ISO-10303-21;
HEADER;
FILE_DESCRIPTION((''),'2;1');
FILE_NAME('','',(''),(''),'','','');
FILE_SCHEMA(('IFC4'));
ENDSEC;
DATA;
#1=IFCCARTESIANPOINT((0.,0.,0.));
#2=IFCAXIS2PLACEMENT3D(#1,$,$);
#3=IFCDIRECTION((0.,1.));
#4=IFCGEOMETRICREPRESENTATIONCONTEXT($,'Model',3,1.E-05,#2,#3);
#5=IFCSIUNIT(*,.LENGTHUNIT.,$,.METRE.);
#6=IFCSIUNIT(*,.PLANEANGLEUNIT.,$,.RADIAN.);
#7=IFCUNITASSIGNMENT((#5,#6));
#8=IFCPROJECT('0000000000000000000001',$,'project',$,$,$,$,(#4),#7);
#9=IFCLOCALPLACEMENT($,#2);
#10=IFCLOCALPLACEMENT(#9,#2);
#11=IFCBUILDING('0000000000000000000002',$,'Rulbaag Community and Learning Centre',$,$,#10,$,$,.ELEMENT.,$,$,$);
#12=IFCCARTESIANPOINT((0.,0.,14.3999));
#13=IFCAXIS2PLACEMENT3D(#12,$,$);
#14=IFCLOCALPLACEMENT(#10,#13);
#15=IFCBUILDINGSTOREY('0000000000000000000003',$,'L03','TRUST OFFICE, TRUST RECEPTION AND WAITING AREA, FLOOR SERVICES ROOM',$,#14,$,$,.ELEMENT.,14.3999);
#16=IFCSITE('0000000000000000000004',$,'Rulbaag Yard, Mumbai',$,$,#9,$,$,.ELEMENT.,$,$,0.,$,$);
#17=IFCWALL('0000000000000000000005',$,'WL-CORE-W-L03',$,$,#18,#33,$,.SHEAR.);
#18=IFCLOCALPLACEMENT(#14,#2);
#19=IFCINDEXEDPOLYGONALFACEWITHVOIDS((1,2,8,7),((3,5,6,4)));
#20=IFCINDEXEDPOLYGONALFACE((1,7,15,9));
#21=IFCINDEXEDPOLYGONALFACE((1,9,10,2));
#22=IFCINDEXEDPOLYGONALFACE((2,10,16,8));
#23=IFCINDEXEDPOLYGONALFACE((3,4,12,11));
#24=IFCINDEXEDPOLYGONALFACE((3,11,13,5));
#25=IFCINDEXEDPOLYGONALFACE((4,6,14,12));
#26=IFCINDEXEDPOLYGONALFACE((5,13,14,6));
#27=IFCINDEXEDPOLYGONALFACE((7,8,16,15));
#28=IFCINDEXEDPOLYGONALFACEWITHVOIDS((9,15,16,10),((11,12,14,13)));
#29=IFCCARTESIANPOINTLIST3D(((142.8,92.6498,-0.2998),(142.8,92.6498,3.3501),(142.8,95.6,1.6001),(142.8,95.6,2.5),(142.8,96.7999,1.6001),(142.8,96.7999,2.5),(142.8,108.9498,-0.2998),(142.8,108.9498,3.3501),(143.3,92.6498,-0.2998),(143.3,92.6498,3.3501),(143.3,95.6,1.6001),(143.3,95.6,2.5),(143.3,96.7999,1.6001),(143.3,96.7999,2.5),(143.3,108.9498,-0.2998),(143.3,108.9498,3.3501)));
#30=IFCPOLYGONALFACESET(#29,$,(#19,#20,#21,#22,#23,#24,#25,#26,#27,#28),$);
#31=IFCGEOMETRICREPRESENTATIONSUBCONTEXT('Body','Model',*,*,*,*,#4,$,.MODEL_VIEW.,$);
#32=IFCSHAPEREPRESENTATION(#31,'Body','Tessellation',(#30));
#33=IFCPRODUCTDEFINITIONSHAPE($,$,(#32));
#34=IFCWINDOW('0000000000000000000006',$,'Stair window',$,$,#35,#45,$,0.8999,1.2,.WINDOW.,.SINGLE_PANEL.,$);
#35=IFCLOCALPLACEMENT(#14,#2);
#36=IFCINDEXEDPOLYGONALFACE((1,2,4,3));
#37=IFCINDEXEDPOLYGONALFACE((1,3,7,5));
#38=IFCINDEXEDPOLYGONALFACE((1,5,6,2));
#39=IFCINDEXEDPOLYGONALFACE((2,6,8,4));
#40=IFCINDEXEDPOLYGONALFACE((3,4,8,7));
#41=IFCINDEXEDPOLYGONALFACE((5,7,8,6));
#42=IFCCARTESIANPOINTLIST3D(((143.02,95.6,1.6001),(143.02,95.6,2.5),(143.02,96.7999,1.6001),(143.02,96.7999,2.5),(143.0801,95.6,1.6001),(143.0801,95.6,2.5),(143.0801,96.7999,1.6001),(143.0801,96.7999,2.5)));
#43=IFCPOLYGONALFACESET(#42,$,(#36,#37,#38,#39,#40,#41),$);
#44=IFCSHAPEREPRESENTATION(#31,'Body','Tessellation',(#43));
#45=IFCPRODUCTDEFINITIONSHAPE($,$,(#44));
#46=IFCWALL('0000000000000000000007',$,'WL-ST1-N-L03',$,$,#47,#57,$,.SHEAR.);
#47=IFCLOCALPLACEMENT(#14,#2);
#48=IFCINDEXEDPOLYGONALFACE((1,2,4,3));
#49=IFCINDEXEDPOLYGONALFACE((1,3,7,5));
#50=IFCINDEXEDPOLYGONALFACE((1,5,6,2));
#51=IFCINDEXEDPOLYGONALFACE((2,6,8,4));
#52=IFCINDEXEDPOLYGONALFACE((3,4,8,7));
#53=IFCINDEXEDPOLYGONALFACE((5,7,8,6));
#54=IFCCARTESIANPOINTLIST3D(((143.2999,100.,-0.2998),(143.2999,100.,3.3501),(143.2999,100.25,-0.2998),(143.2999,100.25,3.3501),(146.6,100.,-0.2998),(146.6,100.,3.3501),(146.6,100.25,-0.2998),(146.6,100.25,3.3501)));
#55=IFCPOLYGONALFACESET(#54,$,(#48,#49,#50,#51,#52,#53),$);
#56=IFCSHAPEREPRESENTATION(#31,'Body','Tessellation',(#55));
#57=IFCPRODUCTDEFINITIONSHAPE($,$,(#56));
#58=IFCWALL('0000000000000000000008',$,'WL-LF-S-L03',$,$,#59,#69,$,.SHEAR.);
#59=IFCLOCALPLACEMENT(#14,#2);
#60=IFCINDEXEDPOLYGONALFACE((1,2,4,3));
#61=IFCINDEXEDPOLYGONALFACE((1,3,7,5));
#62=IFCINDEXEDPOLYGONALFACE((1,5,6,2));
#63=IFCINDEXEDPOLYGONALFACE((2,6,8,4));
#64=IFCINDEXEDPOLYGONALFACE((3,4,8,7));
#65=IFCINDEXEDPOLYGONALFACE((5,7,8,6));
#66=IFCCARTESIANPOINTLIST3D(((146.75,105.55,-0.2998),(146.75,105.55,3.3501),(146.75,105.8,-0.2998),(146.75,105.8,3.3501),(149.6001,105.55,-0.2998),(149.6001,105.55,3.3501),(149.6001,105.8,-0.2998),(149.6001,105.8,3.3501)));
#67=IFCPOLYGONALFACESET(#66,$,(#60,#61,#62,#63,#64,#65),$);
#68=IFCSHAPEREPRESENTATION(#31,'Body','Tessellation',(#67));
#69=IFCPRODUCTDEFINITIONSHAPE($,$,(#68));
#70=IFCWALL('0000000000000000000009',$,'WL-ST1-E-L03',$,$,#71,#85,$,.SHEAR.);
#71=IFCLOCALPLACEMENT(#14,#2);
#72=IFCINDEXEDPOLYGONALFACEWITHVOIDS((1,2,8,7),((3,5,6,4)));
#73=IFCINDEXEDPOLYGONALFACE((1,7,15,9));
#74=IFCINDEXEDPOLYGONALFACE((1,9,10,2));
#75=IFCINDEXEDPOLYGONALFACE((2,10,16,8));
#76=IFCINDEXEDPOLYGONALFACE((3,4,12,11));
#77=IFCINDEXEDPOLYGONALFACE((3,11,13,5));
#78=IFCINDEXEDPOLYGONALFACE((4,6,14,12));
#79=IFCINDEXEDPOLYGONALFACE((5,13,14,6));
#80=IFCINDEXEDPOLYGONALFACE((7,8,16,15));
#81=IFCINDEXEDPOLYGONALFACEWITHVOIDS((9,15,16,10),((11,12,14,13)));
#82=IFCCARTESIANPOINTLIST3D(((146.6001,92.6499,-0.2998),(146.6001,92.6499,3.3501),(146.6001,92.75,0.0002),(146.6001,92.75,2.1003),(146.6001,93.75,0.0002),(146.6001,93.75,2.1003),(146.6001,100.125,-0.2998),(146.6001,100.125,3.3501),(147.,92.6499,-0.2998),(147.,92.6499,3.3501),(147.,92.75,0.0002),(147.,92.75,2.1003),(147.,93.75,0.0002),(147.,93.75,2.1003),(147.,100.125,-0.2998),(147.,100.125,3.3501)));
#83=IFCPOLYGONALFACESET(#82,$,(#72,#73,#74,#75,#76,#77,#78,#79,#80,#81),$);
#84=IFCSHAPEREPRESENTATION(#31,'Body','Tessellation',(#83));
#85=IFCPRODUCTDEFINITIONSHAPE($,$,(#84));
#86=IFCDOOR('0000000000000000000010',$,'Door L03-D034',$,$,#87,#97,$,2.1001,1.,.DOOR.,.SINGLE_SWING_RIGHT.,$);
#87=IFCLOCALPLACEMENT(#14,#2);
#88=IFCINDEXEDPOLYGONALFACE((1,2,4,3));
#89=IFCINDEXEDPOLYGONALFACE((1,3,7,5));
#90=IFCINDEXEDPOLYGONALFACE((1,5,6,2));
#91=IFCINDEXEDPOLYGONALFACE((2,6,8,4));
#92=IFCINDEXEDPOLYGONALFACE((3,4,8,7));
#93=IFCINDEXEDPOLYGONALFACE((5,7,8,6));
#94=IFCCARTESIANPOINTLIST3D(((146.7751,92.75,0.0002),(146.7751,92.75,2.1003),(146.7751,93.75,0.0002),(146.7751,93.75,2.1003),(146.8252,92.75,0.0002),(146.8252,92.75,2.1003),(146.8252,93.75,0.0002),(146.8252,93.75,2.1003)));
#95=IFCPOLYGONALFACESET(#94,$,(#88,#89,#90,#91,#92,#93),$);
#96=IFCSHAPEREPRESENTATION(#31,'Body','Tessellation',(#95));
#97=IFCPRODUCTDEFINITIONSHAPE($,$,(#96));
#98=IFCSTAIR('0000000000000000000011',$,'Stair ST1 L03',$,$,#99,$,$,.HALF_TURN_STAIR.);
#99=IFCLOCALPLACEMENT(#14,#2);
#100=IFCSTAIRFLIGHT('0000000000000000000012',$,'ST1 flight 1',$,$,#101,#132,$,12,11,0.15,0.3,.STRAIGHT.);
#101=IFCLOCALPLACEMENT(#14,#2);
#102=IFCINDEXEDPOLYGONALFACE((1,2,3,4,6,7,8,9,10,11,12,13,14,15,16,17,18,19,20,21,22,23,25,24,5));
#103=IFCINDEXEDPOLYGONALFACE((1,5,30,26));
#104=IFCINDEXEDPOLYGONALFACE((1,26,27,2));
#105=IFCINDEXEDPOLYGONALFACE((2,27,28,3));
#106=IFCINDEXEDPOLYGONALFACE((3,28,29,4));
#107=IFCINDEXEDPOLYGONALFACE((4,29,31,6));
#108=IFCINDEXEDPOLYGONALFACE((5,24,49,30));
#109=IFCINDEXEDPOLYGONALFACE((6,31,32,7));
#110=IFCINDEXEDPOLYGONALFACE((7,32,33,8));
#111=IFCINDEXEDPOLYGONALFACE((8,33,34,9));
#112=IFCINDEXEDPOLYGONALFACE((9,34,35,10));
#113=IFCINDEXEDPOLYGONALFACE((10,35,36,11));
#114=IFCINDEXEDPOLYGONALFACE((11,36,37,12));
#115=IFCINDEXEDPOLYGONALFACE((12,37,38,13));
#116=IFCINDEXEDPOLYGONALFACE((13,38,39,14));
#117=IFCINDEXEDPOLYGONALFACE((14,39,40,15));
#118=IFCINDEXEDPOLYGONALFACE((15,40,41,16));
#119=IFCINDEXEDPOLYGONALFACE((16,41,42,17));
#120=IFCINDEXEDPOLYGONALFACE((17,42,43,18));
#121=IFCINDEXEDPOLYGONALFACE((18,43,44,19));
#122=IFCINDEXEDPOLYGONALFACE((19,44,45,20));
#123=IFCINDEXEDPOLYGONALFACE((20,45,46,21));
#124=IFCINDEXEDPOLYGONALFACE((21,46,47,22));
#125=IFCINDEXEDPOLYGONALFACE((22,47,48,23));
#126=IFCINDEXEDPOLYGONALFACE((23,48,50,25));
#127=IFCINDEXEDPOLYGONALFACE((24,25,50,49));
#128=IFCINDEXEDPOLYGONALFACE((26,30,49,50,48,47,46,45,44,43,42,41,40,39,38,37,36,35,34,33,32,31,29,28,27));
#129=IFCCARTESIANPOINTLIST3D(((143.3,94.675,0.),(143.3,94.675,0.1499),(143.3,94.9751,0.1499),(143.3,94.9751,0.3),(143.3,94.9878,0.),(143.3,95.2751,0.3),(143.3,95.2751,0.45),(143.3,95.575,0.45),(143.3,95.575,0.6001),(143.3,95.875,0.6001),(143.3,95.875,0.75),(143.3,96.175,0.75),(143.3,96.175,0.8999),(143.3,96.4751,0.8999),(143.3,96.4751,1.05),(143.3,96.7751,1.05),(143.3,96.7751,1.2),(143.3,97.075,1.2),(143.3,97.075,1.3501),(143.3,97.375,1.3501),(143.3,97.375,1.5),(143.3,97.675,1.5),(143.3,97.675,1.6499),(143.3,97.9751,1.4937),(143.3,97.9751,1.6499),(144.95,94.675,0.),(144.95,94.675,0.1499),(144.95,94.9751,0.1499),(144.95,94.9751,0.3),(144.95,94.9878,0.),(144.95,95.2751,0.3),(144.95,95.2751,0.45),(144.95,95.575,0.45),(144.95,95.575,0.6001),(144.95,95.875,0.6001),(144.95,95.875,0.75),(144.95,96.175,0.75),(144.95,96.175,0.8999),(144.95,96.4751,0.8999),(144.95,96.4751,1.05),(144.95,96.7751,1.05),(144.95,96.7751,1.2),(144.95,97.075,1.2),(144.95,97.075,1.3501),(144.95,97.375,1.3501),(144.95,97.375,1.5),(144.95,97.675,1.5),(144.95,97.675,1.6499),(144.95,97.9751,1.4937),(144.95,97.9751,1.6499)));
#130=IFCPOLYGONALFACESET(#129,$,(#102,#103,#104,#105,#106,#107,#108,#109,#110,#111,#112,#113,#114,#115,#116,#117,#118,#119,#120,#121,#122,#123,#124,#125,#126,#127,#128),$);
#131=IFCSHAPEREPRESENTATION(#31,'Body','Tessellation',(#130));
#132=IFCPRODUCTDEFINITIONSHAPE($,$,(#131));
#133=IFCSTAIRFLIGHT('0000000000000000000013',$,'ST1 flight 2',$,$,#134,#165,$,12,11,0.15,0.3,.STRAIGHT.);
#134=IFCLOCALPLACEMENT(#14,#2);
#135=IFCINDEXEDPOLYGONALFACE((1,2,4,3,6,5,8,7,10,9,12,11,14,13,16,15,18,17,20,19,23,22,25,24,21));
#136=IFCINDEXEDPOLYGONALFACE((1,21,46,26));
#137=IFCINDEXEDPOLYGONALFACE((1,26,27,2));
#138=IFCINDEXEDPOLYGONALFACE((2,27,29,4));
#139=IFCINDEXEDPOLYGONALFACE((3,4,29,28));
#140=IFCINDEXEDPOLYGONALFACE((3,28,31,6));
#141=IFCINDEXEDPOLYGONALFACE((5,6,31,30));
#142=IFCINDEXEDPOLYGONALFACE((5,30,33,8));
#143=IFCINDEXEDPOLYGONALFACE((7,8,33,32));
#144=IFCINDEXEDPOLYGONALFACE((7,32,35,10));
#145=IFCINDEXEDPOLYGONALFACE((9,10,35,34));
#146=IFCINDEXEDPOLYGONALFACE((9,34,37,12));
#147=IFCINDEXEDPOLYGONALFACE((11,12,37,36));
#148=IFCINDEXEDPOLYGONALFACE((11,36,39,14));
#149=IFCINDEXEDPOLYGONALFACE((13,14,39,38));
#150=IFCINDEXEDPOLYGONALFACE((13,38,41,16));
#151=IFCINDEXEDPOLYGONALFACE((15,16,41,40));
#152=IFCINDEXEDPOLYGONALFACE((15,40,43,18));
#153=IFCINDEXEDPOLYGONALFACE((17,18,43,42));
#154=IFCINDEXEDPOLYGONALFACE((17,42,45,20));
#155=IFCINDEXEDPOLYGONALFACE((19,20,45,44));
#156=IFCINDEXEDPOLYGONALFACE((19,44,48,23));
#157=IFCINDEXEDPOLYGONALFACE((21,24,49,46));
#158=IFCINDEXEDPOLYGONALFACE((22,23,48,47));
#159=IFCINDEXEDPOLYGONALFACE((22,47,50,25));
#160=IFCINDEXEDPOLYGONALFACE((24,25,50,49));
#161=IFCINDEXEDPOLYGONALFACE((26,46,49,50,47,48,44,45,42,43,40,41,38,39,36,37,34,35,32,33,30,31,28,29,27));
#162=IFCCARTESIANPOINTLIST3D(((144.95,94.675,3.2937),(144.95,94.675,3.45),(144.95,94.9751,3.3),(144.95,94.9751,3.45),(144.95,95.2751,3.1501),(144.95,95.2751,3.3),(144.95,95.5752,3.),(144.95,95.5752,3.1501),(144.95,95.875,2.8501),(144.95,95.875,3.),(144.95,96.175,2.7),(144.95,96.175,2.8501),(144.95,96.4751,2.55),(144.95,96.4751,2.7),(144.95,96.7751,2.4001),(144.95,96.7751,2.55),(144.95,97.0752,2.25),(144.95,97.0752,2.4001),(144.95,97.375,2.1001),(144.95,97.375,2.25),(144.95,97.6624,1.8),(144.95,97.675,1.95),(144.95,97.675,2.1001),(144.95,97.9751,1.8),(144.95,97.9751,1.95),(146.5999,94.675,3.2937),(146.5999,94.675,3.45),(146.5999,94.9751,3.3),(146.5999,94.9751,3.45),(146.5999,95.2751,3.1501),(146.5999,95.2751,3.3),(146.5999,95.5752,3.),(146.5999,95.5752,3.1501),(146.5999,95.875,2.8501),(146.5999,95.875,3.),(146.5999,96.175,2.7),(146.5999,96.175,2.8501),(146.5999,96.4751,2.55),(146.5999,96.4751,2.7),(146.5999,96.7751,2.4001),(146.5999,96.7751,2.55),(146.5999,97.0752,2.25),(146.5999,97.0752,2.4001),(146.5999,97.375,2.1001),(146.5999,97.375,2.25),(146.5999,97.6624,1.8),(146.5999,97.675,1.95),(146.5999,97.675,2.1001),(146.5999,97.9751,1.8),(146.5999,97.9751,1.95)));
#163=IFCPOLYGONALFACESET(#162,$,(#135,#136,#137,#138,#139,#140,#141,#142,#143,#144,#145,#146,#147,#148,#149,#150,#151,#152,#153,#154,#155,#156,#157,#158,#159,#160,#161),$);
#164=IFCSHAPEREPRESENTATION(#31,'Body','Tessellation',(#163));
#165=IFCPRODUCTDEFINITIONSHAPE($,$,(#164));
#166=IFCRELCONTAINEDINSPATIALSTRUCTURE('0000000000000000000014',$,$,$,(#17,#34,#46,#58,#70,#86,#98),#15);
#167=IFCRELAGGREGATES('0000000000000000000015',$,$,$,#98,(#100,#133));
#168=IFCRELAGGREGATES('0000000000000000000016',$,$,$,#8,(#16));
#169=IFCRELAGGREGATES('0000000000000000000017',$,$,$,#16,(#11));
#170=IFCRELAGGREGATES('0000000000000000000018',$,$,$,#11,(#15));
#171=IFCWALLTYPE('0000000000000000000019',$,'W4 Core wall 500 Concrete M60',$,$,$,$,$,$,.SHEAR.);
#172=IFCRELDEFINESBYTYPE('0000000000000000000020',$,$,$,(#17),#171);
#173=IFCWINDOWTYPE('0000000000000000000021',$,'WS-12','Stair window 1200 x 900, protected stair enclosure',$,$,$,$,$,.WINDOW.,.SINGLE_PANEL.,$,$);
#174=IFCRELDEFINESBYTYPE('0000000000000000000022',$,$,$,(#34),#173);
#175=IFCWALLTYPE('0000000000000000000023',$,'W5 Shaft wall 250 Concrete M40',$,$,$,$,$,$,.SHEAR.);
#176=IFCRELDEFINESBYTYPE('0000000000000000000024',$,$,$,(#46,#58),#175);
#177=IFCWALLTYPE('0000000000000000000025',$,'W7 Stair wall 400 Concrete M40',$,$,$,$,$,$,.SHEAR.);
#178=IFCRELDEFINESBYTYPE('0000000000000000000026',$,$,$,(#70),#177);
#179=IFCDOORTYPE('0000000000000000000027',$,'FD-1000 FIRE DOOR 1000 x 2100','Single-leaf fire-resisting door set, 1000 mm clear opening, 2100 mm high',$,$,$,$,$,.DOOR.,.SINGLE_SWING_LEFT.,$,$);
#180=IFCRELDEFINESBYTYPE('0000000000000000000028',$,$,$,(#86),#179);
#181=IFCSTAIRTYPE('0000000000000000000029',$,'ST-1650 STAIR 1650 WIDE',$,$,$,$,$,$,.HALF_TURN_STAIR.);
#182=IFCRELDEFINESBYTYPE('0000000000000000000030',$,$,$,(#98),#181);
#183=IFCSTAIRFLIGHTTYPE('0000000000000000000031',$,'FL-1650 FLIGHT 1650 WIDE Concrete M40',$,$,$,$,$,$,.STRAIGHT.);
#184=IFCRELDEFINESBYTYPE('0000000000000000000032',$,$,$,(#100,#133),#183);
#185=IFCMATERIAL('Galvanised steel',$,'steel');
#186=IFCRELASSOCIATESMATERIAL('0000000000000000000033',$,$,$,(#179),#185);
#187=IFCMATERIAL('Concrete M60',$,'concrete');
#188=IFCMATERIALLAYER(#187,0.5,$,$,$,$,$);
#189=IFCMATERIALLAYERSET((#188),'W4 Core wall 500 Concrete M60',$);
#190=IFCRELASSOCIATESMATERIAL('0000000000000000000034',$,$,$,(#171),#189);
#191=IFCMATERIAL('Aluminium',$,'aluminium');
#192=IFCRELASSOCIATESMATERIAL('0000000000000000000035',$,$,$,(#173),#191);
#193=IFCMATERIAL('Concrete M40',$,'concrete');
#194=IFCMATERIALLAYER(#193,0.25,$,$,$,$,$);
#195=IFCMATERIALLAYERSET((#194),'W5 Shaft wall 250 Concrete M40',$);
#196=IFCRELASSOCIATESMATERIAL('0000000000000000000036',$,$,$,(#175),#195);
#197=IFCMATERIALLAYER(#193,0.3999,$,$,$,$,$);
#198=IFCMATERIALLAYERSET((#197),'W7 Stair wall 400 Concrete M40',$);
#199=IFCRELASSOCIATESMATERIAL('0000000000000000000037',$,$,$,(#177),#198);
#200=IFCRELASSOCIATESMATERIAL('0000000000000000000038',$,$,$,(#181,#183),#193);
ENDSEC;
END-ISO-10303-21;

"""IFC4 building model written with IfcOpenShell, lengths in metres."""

from ifc_helpers import new_model, si_unit, direction, frame, frame_2d, origin, place, context, subcontext, project, spatial, polyline, rectangle, outline, extrude, material, layer, layer_set, type_object, element, fill, aggregate, save


model = new_model("IFC4")

# Units and contexts
model_context = context("Model", 3, precision=1e-05, world=origin(), true_north=direction((0.0, 1.0)))
body_context = subcontext(model_context, "Body", "Model", "MODEL_VIEW")
ifc_project = project(units=[si_unit("LENGTHUNIT", "METRE"), si_unit("PLANEANGLEUNIT", "RADIAN")], contexts=[model_context])

# Site, building, storey
site_placement = place(None, origin())
site = spatial("IfcSite", under=ifc_project, at=site_placement, Name="Rulbaag Yard, Mumbai", CompositionType="ELEMENT", RefElevation=0.0)
building_placement = place(site_placement, origin())
building = spatial("IfcBuilding", under=site, at=building_placement, Name="Rulbaag Community and Learning Centre", CompositionType="ELEMENT")
storey_placement = place(building_placement, frame((0.0, 0.0, 14.3999)))
storey = spatial("IfcBuildingStorey", under=building, at=storey_placement, Name="L03", Description="TRUST OFFICE, TRUST RECEPTION AND WAITING AREA, FLOOR SERVICES ROOM", CompositionType="ELEMENT", Elevation=14.3999)

# Shared definitions
ifc_material_1 = material(Name="Galvanised steel", Category="steel")
door_type_1 = type_object("IfcDoorType", Name="FD-1000 FIRE DOOR 1000 x 2100", Description="Single-leaf fire-resisting door set, 1000 mm clear opening, 2100 mm high", OperationType="SINGLE_SWING_LEFT", PredefinedType="DOOR", material=ifc_material_1)

# Shared definitions
ifc_material_2 = material(Name="Concrete M40", Category="concrete")

# Wall, opening, window
ifc_material_3 = material(Name="Concrete M60", Category="concrete")
ifc_layer_1 = layer(ifc_material_3, 0.5)
ifc_layer_set_1 = layer_set([ifc_layer_1], Name="W4 Core wall 500 Concrete M60")
wall_type_1 = type_object("IfcWallType", Name="W4 Core wall 500 Concrete M60", PredefinedType="SHEAR", material=ifc_layer_set_1)
wall_1_placement = place(storey_placement, frame((143.05, 92.6499, -0.2998), z_axis=(0.0, 0.0, 1.0), x_axis=(0.0, 1.0, 0.0)))
wall_1 = element("IfcWall", 1, at=wall_1_placement, inside=storey, type_object=wall_type_1, Name="WL-CORE-W-L03", PredefinedType="SHEAR", context=body_context, shape_type="SweptSolid", body=[
    extrude(rectangle(XDim=16.3, YDim=0.5, at=frame_2d((8.1499, 0.0))), origin(), (0.0, 0.0, 1.0), 3.6499),
])
opening_1_placement = place(wall_1_placement, frame((2.95, 0.0, 1.8999)))
opening_1 = element("IfcOpeningElement", 2, at=opening_1_placement, cuts=wall_1, PredefinedType="OPENING", context=body_context, shape_type="SweptSolid", body=[
    extrude(rectangle(XDim=1.2, YDim=0.8999, at=frame_2d((0.6001, 0.45))), frame((0.0, 0.26, 0.0), z_axis=(0.0, -1.0, 0.0), x_axis=(1.0, 0.0, 0.0)), (0.0, 0.0, 1.0), 0.52),
])
ifc_material_4 = material(Name="Aluminium", Category="aluminium")
window_type = type_object("IfcWindowType", Name="WS-12", Description="Stair window 1200 x 900, protected stair enclosure", PartitioningType="SINGLE_PANEL", PredefinedType="WINDOW", material=ifc_material_4)
window_placement = place(opening_1_placement, origin())
window = element("IfcWindow", 3, at=window_placement, inside=storey, type_object=window_type, Name="Stair window", OverallHeight=0.8999, OverallWidth=1.2, PartitioningType="SINGLE_PANEL", PredefinedType="WINDOW", context=body_context, shape_type="SweptSolid", body=[
    extrude(rectangle(XDim=1.2, YDim=0.8999, at=frame_2d((0.6001, 0.45))), frame((0.0, 0.03, 0.0), z_axis=(0.0, -1.0, 0.0), x_axis=(1.0, 0.0, 0.0)), (0.0, 0.0, 1.0), 0.0601),
])
fill(opening_1, window)

# Walls
ifc_layer_2 = layer(ifc_material_2, 0.25)
ifc_layer_set_2 = layer_set([ifc_layer_2], Name="W5 Shaft wall 250 Concrete M40")
wall_type_2 = type_object("IfcWallType", Name="W5 Shaft wall 250 Concrete M40", PredefinedType="SHEAR", material=ifc_layer_set_2)
wall_2_placement = place(storey_placement, frame((143.3, 100.125, -0.2998), z_axis=(0.0, 0.0, 1.0), x_axis=(1.0, 0.0, 0.0)))
element("IfcWall", 4, at=wall_2_placement, inside=storey, type_object=wall_type_2, Name="WL-ST1-N-L03", PredefinedType="SHEAR", context=body_context, shape_type="SweptSolid", body=[
    extrude(rectangle(XDim=3.3, YDim=0.25, at=frame_2d((1.6499, 0.0))), origin(), (0.0, 0.0, 1.0), 3.6499),
])
wall_3_placement = place(storey_placement, frame((146.75, 105.675, -0.2998), z_axis=(0.0, 0.0, 1.0), x_axis=(1.0, 0.0, 0.0)))
element("IfcWall", 5, at=wall_3_placement, inside=storey, type_object=wall_type_2, Name="WL-LF-S-L03", PredefinedType="SHEAR", context=body_context, shape_type="SweptSolid", body=[
    extrude(rectangle(XDim=2.8501, YDim=0.25, at=frame_2d((1.425, 0.0))), origin(), (0.0, 0.0, 1.0), 3.6499),
])

# Wall, opening, door
ifc_layer_3 = layer(ifc_material_2, 0.3999)
ifc_layer_set_3 = layer_set([ifc_layer_3], Name="W7 Stair wall 400 Concrete M40")
wall_type_3 = type_object("IfcWallType", Name="W7 Stair wall 400 Concrete M40", PredefinedType="SHEAR", material=ifc_layer_set_3)
wall_4_placement = place(storey_placement, frame((146.8, 92.6499, -0.2998), z_axis=(0.0, 0.0, 1.0), x_axis=(0.0, 1.0, 0.0)))
wall_4 = element("IfcWall", 6, at=wall_4_placement, inside=storey, type_object=wall_type_3, Name="WL-ST1-E-L03", PredefinedType="SHEAR", context=body_context, shape_type="SweptSolid", body=[
    extrude(rectangle(XDim=7.4751, YDim=0.3999, at=frame_2d((3.7375, 0.0))), origin(), (0.0, 0.0, 1.0), 3.6499),
])
opening_2_placement = place(wall_4_placement, frame((0.1001, 0.0, 0.3)))
opening_2 = element("IfcOpeningElement", 7, at=opening_2_placement, cuts=wall_4, PredefinedType="OPENING", context=body_context, shape_type="SweptSolid", body=[
    extrude(rectangle(XDim=1.0, YDim=2.1001, at=frame_2d((0.5, 1.05))), frame((0.0, 0.21, 0.0), z_axis=(0.0, -1.0, 0.0), x_axis=(1.0, 0.0, 0.0)), (0.0, 0.0, 1.0), 0.4199),
])
door_1_placement = place(opening_2_placement, origin())
door_1 = element("IfcDoor", 8, at=door_1_placement, inside=storey, type_object=door_type_1, Name="Door L03-D034", OperationType="SINGLE_SWING_RIGHT", OverallHeight=2.1001, OverallWidth=1.0, PredefinedType="DOOR", context=body_context, shape_type="SweptSolid", body=[
    extrude(rectangle(XDim=1.0, YDim=2.1001, at=frame_2d((0.5, 1.05))), frame((0.0, 0.0249, 0.0), z_axis=(0.0, -1.0, 0.0), x_axis=(1.0, 0.0, 0.0)), (0.0, 0.0, 1.0), 0.05),
])
fill(opening_2, door_1)

# Stair, stair flights
stair_type = type_object("IfcStairType", Name="ST-1650 STAIR 1650 WIDE", PredefinedType="HALF_TURN_STAIR", material=ifc_material_2)
stair_placement = place(storey_placement, origin())
stair = element("IfcStair", 9, at=stair_placement, inside=storey, type_object=stair_type, Name="Stair ST1 L03", PredefinedType="HALF_TURN_STAIR")
stair_flight_type = type_object("IfcStairFlightType", Name="FL-1650 FLIGHT 1650 WIDE Concrete M40", PredefinedType="STRAIGHT", material=ifc_material_2)
stair_flight_1_placement = place(storey_placement, frame((144.125, 94.675, 0.0), z_axis=(0.0, 0.0, 1.0), x_axis=(0.0, 1.0, 0.0)))
stair_flight_1 = element("IfcStairFlight", 10, at=stair_flight_1_placement, type_object=stair_flight_type, Name="ST1 flight 1", NumberOfRisers=12, NumberOfTreads=11, PredefinedType="STRAIGHT", RiserHeight=0.15, TreadLength=0.3, context=body_context, shape_type="SweptSolid", body=[
    extrude(outline(polyline([(0.0, 0.0), (0.0, 0.1499), (0.3, 0.1499), (0.3, 0.3), (0.6001, 0.3), (0.6001, 0.45), (0.8999, 0.45), (0.8999, 0.6001), (1.2, 0.6001), (1.2, 0.75), (1.5, 0.75), (1.5, 0.8999), (1.8, 0.8999), (1.8, 1.05), (2.1001, 1.05), (2.1001, 1.2), (2.3999, 1.2), (2.3999, 1.3501), (2.7, 1.3501), (2.7, 1.5), (3.0, 1.5), (3.0, 1.6499), (3.3, 1.6499), (3.3, 1.4937), (0.3127, 0.0), (0.0, 0.0)])), frame((0.0, 0.825, 0.0), z_axis=(0.0, -1.0, 0.0), x_axis=(1.0, 0.0, 0.0)), (0.0, 0.0, 1.0), 1.6499),
])
stair_flight_2_placement = place(storey_placement, frame((145.7749, 97.9751, 1.8), z_axis=(0.0, 0.0, 1.0), x_axis=(0.0, -1.0, 0.0)))
stair_flight_2 = element("IfcStairFlight", 11, at=stair_flight_2_placement, type_object=stair_flight_type, Name="ST1 flight 2", NumberOfRisers=12, NumberOfTreads=11, PredefinedType="STRAIGHT", RiserHeight=0.15, TreadLength=0.3, context=body_context, shape_type="SweptSolid", body=[
    extrude(outline(polyline([(0.0, 0.0), (0.0, 0.1499), (0.3, 0.1499), (0.3, 0.3), (0.6001, 0.3), (0.6001, 0.45), (0.8999, 0.45), (0.8999, 0.6001), (1.2, 0.6001), (1.2, 0.75), (1.5, 0.75), (1.5, 0.8999), (1.8, 0.8999), (1.8, 1.05), (2.1001, 1.05), (2.1001, 1.2), (2.3999, 1.2), (2.3999, 1.3501), (2.7, 1.3501), (2.7, 1.5), (3.0, 1.5), (3.0, 1.6499), (3.3, 1.6499), (3.3, 1.4937), (0.3127, 0.0), (0.0, 0.0)])), frame((0.0, 0.825, 0.0), z_axis=(0.0, -1.0, 0.0), x_axis=(1.0, 0.0, 0.0)), (0.0, 0.0, 1.0), 1.6499),
])
aggregate(stair, [stair_flight_1, stair_flight_2])

save(model, "model.ifc")
